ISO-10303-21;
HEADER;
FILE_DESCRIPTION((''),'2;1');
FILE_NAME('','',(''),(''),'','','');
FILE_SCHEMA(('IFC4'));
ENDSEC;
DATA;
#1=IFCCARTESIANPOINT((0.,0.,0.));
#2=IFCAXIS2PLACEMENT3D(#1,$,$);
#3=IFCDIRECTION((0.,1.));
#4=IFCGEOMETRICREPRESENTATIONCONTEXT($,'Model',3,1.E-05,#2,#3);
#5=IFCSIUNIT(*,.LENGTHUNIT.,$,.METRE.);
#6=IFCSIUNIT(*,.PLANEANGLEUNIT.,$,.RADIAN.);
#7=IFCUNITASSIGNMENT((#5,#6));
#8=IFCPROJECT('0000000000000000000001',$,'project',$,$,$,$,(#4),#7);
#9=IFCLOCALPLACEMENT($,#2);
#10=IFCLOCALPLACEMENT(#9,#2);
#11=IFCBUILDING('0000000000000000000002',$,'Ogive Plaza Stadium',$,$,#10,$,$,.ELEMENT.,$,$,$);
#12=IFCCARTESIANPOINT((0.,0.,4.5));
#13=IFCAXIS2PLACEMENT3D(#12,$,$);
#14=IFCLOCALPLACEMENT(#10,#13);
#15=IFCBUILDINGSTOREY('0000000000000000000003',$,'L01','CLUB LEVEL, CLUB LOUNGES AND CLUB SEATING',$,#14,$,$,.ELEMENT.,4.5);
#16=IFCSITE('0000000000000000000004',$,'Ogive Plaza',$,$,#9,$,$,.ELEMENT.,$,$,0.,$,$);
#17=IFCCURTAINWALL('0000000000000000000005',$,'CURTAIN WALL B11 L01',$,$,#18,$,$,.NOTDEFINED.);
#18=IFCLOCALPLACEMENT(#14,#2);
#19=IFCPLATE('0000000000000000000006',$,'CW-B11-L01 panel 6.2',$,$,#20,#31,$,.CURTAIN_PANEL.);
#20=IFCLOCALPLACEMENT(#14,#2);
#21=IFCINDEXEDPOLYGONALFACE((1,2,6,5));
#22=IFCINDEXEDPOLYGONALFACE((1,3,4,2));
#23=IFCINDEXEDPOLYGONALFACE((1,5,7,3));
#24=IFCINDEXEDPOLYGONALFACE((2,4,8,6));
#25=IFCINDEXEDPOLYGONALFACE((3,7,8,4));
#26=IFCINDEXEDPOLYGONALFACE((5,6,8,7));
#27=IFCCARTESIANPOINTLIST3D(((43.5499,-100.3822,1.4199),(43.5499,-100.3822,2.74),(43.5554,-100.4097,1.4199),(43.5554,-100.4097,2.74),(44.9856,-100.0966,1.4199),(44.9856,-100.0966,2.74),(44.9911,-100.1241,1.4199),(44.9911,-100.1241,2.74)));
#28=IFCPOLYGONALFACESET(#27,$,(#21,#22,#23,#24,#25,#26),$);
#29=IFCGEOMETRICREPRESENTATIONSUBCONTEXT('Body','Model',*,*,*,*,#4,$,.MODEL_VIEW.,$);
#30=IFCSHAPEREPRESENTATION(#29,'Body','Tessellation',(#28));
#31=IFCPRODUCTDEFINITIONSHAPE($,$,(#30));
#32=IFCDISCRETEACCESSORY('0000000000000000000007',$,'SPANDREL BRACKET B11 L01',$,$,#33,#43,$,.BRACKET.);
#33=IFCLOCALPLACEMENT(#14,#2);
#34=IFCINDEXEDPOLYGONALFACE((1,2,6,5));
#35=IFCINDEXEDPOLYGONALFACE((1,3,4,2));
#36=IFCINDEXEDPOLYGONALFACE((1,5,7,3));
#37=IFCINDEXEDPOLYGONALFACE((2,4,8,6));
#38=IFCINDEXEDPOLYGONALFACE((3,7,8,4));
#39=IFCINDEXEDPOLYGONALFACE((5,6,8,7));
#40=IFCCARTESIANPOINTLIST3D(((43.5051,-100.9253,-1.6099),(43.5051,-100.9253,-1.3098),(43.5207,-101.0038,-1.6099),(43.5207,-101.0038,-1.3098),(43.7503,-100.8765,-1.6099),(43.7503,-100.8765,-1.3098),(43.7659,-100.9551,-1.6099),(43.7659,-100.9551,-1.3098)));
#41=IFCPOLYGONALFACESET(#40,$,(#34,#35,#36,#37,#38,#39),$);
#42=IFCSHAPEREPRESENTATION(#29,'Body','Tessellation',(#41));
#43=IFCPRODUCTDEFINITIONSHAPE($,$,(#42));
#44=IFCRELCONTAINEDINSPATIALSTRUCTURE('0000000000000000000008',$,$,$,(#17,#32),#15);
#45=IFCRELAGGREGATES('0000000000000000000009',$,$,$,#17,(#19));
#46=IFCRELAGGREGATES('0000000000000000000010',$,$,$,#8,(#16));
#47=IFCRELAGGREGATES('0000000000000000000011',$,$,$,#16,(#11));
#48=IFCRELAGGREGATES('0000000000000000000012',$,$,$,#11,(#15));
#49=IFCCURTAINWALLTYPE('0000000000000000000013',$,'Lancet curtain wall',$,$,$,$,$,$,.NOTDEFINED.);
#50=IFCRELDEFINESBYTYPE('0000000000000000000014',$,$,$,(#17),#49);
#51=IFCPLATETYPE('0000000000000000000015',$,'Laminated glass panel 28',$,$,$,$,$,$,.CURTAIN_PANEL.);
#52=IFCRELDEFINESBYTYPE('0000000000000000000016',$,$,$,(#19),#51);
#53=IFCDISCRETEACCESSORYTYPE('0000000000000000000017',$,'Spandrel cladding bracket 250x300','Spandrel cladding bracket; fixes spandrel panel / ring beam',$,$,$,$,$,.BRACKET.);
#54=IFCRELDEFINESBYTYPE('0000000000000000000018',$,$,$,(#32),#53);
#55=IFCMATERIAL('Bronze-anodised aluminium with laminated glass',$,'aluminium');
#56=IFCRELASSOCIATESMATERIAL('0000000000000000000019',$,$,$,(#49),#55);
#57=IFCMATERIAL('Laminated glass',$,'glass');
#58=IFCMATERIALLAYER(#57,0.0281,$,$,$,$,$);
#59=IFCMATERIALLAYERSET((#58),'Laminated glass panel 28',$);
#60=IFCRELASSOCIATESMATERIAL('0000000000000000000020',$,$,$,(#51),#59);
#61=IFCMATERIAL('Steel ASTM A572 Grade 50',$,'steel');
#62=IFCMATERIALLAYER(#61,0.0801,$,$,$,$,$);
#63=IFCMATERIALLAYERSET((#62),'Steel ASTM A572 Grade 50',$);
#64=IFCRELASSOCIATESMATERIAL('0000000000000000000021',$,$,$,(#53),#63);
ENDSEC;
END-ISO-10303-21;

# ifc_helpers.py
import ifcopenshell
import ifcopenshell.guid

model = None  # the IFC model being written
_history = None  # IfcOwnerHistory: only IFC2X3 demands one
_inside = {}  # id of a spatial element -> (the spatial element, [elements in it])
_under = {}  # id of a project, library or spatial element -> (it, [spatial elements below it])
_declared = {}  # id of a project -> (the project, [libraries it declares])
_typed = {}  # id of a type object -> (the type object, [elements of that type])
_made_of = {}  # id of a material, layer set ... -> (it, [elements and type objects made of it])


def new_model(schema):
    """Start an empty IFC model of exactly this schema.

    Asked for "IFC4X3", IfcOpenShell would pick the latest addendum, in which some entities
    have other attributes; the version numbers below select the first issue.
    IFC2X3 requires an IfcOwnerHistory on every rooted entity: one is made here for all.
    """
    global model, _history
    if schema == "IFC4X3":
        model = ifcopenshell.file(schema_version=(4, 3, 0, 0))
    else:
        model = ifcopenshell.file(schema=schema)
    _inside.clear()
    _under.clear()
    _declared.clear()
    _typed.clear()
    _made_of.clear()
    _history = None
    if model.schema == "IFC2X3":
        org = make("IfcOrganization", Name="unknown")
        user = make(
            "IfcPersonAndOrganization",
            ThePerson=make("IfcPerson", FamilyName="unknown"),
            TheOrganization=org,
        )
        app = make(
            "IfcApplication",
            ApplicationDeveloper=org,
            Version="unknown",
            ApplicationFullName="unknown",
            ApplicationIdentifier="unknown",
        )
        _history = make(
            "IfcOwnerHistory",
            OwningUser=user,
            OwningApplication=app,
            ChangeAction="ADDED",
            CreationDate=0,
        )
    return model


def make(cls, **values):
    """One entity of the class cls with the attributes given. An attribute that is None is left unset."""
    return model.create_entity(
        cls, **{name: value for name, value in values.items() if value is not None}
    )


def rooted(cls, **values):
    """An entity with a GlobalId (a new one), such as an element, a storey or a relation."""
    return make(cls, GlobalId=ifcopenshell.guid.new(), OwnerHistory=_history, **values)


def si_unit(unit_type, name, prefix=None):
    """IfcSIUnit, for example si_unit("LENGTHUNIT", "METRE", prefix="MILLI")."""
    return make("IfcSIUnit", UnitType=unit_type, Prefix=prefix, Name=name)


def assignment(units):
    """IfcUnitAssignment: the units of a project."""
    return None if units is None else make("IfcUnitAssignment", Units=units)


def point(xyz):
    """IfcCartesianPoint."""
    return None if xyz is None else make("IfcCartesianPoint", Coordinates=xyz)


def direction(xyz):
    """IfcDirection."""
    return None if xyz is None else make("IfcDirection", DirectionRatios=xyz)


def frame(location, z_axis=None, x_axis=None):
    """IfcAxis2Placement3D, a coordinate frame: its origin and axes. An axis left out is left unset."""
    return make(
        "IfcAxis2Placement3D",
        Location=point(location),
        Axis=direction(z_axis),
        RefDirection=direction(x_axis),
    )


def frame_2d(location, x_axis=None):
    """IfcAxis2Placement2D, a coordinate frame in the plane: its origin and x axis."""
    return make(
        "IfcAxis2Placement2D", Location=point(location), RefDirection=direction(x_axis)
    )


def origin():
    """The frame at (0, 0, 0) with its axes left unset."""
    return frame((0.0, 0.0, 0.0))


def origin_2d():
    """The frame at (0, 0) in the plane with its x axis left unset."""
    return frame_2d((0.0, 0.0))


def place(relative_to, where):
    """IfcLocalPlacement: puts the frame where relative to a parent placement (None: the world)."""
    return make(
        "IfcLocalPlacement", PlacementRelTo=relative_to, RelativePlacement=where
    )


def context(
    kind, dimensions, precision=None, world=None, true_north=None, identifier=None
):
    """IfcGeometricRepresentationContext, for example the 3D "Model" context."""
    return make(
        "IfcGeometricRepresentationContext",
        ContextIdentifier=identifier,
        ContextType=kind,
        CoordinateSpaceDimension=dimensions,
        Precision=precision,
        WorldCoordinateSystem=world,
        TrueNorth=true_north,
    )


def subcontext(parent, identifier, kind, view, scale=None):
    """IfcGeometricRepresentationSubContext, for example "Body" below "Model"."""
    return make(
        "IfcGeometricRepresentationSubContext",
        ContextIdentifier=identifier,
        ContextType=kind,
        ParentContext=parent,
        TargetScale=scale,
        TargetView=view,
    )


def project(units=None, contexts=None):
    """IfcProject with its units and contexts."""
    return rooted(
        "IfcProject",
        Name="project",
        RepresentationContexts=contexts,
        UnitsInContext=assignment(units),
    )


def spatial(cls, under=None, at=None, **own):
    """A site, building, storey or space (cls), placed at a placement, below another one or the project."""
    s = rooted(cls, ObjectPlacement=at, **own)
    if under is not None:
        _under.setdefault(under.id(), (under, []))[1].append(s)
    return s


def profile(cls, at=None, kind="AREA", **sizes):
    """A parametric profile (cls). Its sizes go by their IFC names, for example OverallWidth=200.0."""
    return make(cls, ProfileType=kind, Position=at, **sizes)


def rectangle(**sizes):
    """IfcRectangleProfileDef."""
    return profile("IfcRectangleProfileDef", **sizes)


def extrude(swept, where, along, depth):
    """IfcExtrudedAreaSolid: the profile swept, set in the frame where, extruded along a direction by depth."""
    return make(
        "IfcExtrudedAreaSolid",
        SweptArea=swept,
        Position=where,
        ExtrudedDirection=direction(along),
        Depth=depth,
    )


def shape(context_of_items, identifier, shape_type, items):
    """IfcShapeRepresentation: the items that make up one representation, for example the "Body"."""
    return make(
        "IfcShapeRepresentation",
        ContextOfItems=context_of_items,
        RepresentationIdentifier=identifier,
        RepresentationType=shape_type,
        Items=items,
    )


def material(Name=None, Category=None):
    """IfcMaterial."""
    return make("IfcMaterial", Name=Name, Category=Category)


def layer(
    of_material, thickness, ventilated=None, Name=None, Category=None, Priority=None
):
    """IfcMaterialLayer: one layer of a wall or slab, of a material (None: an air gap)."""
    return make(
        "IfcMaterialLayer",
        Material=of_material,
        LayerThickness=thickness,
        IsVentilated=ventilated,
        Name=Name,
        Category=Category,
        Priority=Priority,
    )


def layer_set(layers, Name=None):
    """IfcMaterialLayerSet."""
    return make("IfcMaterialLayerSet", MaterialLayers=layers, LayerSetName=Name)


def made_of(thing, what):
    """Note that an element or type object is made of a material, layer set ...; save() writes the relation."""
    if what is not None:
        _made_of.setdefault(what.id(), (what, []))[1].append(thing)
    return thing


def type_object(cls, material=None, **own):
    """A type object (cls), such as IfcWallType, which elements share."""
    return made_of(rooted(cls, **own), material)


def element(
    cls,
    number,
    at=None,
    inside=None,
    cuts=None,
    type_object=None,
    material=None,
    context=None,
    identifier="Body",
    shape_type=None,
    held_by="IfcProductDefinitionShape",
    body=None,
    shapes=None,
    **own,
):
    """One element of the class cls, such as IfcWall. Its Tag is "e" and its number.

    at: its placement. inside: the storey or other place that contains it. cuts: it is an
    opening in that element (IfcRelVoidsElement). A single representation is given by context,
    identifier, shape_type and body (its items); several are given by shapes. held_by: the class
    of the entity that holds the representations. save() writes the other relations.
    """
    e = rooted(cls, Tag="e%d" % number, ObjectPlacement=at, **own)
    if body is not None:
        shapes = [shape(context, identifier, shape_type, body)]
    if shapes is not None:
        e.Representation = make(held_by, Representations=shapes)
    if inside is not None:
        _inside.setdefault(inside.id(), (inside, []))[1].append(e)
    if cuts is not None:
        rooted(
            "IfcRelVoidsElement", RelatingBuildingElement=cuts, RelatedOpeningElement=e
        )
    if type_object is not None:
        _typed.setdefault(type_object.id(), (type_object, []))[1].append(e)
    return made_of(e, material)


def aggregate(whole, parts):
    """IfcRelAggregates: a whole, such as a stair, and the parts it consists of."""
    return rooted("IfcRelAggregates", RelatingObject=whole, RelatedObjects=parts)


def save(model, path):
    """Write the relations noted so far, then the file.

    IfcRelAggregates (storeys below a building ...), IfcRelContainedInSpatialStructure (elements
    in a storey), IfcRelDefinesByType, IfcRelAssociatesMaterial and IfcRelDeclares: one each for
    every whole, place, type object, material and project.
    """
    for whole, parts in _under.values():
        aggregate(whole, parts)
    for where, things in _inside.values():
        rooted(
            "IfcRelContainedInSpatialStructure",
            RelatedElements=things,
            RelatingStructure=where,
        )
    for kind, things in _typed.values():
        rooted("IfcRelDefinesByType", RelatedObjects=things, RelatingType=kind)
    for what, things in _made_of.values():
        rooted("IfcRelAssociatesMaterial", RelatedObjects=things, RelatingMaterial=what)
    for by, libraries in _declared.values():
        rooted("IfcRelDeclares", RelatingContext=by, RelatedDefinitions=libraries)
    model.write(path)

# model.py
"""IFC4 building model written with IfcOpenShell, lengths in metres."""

from ifc_helpers import new_model, si_unit, direction, frame, origin, origin_2d, place, context, subcontext, project, spatial, rectangle, extrude, material, layer, layer_set, type_object, element, aggregate, save


model = new_model("IFC4")

# Units and contexts
model_context = context("Model", 3, precision=1e-05, world=origin(), true_north=direction((0.0, 1.0)))
body_context = subcontext(model_context, "Body", "Model", "MODEL_VIEW")
ifc_project = project(units=[si_unit("LENGTHUNIT", "METRE"), si_unit("PLANEANGLEUNIT", "RADIAN")], contexts=[model_context])

# Site, building, storey
site_placement = place(None, origin())
site = spatial("IfcSite", under=ifc_project, at=site_placement, Name="Ogive Plaza", CompositionType="ELEMENT", RefElevation=0.0)
building_placement = place(site_placement, origin())
building = spatial("IfcBuilding", under=site, at=building_placement, Name="Ogive Plaza Stadium", CompositionType="ELEMENT")
storey_placement = place(building_placement, frame((0.0, 0.0, 4.5)))
storey = spatial("IfcBuildingStorey", under=building, at=storey_placement, Name="L01", Description="CLUB LEVEL, CLUB LOUNGES AND CLUB SEATING", CompositionType="ELEMENT", Elevation=4.5)

# Curtain wall, plate
ifc_material_1 = material(Name="Bronze-anodised aluminium with laminated glass", Category="aluminium")
curtain_wall_type = type_object("IfcCurtainWallType", Name="Lancet curtain wall", PredefinedType="NOTDEFINED", material=ifc_material_1)
curtain_wall_placement = place(storey_placement, origin())
curtain_wall = element("IfcCurtainWall", 1, at=curtain_wall_placement, inside=storey, type_object=curtain_wall_type, Name="CURTAIN WALL B11 L01", PredefinedType="NOTDEFINED")
ifc_material_2 = material(Name="Laminated glass", Category="glass")
ifc_layer_1 = layer(ifc_material_2, 0.0281)
ifc_layer_set_1 = layer_set([ifc_layer_1], Name="Laminated glass panel 28")
plate_type = type_object("IfcPlateType", Name="Laminated glass panel 28", PredefinedType="CURTAIN_PANEL", material=ifc_layer_set_1)
plate_1_placement = place(storey_placement, frame((44.2705, -100.2532, 1.4199), z_axis=(0.0, 0.0, 1.0), x_axis=(-0.980785, -0.19509, 0.0)))
plate_1 = element("IfcPlate", 2, at=plate_1_placement, type_object=plate_type, Name="CW-B11-L01 panel 6.2", PredefinedType="CURTAIN_PANEL", context=body_context, shape_type="SweptSolid", body=[
    extrude(rectangle(XDim=1.4639, YDim=0.0281, at=origin_2d()), origin(), (0.0, 0.0, 1.0), 1.3201),
])
aggregate(curtain_wall, [plate_1])

# Discrete accessory
ifc_material_3 = material(Name="Steel ASTM A572 Grade 50", Category="steel")
ifc_layer_2 = layer(ifc_material_3, 0.0801)
ifc_layer_set_2 = layer_set([ifc_layer_2], Name="Steel ASTM A572 Grade 50")
discrete_accessory_type = type_object("IfcDiscreteAccessoryType", Name="Spandrel cladding bracket 250x300", Description="Spandrel cladding bracket; fixes spandrel panel / ring beam", PredefinedType="BRACKET", material=ifc_layer_set_2)
discrete_accessory_placement = place(storey_placement, frame((43.6355, -100.9402, -1.6099), z_axis=(0.0, 0.0, 1.0), x_axis=(-0.980785, -0.19509, 0.0)))
element("IfcDiscreteAccessory", 3, at=discrete_accessory_placement, inside=storey, type_object=discrete_accessory_type, Name="SPANDREL BRACKET B11 L01", PredefinedType="BRACKET", context=body_context, shape_type="SweptSolid", body=[
    extrude(rectangle(XDim=0.25, YDim=0.0801, at=origin_2d()), origin(), (0.0, 0.0, 1.0), 0.3),
])

save(model, "model.ifc")
